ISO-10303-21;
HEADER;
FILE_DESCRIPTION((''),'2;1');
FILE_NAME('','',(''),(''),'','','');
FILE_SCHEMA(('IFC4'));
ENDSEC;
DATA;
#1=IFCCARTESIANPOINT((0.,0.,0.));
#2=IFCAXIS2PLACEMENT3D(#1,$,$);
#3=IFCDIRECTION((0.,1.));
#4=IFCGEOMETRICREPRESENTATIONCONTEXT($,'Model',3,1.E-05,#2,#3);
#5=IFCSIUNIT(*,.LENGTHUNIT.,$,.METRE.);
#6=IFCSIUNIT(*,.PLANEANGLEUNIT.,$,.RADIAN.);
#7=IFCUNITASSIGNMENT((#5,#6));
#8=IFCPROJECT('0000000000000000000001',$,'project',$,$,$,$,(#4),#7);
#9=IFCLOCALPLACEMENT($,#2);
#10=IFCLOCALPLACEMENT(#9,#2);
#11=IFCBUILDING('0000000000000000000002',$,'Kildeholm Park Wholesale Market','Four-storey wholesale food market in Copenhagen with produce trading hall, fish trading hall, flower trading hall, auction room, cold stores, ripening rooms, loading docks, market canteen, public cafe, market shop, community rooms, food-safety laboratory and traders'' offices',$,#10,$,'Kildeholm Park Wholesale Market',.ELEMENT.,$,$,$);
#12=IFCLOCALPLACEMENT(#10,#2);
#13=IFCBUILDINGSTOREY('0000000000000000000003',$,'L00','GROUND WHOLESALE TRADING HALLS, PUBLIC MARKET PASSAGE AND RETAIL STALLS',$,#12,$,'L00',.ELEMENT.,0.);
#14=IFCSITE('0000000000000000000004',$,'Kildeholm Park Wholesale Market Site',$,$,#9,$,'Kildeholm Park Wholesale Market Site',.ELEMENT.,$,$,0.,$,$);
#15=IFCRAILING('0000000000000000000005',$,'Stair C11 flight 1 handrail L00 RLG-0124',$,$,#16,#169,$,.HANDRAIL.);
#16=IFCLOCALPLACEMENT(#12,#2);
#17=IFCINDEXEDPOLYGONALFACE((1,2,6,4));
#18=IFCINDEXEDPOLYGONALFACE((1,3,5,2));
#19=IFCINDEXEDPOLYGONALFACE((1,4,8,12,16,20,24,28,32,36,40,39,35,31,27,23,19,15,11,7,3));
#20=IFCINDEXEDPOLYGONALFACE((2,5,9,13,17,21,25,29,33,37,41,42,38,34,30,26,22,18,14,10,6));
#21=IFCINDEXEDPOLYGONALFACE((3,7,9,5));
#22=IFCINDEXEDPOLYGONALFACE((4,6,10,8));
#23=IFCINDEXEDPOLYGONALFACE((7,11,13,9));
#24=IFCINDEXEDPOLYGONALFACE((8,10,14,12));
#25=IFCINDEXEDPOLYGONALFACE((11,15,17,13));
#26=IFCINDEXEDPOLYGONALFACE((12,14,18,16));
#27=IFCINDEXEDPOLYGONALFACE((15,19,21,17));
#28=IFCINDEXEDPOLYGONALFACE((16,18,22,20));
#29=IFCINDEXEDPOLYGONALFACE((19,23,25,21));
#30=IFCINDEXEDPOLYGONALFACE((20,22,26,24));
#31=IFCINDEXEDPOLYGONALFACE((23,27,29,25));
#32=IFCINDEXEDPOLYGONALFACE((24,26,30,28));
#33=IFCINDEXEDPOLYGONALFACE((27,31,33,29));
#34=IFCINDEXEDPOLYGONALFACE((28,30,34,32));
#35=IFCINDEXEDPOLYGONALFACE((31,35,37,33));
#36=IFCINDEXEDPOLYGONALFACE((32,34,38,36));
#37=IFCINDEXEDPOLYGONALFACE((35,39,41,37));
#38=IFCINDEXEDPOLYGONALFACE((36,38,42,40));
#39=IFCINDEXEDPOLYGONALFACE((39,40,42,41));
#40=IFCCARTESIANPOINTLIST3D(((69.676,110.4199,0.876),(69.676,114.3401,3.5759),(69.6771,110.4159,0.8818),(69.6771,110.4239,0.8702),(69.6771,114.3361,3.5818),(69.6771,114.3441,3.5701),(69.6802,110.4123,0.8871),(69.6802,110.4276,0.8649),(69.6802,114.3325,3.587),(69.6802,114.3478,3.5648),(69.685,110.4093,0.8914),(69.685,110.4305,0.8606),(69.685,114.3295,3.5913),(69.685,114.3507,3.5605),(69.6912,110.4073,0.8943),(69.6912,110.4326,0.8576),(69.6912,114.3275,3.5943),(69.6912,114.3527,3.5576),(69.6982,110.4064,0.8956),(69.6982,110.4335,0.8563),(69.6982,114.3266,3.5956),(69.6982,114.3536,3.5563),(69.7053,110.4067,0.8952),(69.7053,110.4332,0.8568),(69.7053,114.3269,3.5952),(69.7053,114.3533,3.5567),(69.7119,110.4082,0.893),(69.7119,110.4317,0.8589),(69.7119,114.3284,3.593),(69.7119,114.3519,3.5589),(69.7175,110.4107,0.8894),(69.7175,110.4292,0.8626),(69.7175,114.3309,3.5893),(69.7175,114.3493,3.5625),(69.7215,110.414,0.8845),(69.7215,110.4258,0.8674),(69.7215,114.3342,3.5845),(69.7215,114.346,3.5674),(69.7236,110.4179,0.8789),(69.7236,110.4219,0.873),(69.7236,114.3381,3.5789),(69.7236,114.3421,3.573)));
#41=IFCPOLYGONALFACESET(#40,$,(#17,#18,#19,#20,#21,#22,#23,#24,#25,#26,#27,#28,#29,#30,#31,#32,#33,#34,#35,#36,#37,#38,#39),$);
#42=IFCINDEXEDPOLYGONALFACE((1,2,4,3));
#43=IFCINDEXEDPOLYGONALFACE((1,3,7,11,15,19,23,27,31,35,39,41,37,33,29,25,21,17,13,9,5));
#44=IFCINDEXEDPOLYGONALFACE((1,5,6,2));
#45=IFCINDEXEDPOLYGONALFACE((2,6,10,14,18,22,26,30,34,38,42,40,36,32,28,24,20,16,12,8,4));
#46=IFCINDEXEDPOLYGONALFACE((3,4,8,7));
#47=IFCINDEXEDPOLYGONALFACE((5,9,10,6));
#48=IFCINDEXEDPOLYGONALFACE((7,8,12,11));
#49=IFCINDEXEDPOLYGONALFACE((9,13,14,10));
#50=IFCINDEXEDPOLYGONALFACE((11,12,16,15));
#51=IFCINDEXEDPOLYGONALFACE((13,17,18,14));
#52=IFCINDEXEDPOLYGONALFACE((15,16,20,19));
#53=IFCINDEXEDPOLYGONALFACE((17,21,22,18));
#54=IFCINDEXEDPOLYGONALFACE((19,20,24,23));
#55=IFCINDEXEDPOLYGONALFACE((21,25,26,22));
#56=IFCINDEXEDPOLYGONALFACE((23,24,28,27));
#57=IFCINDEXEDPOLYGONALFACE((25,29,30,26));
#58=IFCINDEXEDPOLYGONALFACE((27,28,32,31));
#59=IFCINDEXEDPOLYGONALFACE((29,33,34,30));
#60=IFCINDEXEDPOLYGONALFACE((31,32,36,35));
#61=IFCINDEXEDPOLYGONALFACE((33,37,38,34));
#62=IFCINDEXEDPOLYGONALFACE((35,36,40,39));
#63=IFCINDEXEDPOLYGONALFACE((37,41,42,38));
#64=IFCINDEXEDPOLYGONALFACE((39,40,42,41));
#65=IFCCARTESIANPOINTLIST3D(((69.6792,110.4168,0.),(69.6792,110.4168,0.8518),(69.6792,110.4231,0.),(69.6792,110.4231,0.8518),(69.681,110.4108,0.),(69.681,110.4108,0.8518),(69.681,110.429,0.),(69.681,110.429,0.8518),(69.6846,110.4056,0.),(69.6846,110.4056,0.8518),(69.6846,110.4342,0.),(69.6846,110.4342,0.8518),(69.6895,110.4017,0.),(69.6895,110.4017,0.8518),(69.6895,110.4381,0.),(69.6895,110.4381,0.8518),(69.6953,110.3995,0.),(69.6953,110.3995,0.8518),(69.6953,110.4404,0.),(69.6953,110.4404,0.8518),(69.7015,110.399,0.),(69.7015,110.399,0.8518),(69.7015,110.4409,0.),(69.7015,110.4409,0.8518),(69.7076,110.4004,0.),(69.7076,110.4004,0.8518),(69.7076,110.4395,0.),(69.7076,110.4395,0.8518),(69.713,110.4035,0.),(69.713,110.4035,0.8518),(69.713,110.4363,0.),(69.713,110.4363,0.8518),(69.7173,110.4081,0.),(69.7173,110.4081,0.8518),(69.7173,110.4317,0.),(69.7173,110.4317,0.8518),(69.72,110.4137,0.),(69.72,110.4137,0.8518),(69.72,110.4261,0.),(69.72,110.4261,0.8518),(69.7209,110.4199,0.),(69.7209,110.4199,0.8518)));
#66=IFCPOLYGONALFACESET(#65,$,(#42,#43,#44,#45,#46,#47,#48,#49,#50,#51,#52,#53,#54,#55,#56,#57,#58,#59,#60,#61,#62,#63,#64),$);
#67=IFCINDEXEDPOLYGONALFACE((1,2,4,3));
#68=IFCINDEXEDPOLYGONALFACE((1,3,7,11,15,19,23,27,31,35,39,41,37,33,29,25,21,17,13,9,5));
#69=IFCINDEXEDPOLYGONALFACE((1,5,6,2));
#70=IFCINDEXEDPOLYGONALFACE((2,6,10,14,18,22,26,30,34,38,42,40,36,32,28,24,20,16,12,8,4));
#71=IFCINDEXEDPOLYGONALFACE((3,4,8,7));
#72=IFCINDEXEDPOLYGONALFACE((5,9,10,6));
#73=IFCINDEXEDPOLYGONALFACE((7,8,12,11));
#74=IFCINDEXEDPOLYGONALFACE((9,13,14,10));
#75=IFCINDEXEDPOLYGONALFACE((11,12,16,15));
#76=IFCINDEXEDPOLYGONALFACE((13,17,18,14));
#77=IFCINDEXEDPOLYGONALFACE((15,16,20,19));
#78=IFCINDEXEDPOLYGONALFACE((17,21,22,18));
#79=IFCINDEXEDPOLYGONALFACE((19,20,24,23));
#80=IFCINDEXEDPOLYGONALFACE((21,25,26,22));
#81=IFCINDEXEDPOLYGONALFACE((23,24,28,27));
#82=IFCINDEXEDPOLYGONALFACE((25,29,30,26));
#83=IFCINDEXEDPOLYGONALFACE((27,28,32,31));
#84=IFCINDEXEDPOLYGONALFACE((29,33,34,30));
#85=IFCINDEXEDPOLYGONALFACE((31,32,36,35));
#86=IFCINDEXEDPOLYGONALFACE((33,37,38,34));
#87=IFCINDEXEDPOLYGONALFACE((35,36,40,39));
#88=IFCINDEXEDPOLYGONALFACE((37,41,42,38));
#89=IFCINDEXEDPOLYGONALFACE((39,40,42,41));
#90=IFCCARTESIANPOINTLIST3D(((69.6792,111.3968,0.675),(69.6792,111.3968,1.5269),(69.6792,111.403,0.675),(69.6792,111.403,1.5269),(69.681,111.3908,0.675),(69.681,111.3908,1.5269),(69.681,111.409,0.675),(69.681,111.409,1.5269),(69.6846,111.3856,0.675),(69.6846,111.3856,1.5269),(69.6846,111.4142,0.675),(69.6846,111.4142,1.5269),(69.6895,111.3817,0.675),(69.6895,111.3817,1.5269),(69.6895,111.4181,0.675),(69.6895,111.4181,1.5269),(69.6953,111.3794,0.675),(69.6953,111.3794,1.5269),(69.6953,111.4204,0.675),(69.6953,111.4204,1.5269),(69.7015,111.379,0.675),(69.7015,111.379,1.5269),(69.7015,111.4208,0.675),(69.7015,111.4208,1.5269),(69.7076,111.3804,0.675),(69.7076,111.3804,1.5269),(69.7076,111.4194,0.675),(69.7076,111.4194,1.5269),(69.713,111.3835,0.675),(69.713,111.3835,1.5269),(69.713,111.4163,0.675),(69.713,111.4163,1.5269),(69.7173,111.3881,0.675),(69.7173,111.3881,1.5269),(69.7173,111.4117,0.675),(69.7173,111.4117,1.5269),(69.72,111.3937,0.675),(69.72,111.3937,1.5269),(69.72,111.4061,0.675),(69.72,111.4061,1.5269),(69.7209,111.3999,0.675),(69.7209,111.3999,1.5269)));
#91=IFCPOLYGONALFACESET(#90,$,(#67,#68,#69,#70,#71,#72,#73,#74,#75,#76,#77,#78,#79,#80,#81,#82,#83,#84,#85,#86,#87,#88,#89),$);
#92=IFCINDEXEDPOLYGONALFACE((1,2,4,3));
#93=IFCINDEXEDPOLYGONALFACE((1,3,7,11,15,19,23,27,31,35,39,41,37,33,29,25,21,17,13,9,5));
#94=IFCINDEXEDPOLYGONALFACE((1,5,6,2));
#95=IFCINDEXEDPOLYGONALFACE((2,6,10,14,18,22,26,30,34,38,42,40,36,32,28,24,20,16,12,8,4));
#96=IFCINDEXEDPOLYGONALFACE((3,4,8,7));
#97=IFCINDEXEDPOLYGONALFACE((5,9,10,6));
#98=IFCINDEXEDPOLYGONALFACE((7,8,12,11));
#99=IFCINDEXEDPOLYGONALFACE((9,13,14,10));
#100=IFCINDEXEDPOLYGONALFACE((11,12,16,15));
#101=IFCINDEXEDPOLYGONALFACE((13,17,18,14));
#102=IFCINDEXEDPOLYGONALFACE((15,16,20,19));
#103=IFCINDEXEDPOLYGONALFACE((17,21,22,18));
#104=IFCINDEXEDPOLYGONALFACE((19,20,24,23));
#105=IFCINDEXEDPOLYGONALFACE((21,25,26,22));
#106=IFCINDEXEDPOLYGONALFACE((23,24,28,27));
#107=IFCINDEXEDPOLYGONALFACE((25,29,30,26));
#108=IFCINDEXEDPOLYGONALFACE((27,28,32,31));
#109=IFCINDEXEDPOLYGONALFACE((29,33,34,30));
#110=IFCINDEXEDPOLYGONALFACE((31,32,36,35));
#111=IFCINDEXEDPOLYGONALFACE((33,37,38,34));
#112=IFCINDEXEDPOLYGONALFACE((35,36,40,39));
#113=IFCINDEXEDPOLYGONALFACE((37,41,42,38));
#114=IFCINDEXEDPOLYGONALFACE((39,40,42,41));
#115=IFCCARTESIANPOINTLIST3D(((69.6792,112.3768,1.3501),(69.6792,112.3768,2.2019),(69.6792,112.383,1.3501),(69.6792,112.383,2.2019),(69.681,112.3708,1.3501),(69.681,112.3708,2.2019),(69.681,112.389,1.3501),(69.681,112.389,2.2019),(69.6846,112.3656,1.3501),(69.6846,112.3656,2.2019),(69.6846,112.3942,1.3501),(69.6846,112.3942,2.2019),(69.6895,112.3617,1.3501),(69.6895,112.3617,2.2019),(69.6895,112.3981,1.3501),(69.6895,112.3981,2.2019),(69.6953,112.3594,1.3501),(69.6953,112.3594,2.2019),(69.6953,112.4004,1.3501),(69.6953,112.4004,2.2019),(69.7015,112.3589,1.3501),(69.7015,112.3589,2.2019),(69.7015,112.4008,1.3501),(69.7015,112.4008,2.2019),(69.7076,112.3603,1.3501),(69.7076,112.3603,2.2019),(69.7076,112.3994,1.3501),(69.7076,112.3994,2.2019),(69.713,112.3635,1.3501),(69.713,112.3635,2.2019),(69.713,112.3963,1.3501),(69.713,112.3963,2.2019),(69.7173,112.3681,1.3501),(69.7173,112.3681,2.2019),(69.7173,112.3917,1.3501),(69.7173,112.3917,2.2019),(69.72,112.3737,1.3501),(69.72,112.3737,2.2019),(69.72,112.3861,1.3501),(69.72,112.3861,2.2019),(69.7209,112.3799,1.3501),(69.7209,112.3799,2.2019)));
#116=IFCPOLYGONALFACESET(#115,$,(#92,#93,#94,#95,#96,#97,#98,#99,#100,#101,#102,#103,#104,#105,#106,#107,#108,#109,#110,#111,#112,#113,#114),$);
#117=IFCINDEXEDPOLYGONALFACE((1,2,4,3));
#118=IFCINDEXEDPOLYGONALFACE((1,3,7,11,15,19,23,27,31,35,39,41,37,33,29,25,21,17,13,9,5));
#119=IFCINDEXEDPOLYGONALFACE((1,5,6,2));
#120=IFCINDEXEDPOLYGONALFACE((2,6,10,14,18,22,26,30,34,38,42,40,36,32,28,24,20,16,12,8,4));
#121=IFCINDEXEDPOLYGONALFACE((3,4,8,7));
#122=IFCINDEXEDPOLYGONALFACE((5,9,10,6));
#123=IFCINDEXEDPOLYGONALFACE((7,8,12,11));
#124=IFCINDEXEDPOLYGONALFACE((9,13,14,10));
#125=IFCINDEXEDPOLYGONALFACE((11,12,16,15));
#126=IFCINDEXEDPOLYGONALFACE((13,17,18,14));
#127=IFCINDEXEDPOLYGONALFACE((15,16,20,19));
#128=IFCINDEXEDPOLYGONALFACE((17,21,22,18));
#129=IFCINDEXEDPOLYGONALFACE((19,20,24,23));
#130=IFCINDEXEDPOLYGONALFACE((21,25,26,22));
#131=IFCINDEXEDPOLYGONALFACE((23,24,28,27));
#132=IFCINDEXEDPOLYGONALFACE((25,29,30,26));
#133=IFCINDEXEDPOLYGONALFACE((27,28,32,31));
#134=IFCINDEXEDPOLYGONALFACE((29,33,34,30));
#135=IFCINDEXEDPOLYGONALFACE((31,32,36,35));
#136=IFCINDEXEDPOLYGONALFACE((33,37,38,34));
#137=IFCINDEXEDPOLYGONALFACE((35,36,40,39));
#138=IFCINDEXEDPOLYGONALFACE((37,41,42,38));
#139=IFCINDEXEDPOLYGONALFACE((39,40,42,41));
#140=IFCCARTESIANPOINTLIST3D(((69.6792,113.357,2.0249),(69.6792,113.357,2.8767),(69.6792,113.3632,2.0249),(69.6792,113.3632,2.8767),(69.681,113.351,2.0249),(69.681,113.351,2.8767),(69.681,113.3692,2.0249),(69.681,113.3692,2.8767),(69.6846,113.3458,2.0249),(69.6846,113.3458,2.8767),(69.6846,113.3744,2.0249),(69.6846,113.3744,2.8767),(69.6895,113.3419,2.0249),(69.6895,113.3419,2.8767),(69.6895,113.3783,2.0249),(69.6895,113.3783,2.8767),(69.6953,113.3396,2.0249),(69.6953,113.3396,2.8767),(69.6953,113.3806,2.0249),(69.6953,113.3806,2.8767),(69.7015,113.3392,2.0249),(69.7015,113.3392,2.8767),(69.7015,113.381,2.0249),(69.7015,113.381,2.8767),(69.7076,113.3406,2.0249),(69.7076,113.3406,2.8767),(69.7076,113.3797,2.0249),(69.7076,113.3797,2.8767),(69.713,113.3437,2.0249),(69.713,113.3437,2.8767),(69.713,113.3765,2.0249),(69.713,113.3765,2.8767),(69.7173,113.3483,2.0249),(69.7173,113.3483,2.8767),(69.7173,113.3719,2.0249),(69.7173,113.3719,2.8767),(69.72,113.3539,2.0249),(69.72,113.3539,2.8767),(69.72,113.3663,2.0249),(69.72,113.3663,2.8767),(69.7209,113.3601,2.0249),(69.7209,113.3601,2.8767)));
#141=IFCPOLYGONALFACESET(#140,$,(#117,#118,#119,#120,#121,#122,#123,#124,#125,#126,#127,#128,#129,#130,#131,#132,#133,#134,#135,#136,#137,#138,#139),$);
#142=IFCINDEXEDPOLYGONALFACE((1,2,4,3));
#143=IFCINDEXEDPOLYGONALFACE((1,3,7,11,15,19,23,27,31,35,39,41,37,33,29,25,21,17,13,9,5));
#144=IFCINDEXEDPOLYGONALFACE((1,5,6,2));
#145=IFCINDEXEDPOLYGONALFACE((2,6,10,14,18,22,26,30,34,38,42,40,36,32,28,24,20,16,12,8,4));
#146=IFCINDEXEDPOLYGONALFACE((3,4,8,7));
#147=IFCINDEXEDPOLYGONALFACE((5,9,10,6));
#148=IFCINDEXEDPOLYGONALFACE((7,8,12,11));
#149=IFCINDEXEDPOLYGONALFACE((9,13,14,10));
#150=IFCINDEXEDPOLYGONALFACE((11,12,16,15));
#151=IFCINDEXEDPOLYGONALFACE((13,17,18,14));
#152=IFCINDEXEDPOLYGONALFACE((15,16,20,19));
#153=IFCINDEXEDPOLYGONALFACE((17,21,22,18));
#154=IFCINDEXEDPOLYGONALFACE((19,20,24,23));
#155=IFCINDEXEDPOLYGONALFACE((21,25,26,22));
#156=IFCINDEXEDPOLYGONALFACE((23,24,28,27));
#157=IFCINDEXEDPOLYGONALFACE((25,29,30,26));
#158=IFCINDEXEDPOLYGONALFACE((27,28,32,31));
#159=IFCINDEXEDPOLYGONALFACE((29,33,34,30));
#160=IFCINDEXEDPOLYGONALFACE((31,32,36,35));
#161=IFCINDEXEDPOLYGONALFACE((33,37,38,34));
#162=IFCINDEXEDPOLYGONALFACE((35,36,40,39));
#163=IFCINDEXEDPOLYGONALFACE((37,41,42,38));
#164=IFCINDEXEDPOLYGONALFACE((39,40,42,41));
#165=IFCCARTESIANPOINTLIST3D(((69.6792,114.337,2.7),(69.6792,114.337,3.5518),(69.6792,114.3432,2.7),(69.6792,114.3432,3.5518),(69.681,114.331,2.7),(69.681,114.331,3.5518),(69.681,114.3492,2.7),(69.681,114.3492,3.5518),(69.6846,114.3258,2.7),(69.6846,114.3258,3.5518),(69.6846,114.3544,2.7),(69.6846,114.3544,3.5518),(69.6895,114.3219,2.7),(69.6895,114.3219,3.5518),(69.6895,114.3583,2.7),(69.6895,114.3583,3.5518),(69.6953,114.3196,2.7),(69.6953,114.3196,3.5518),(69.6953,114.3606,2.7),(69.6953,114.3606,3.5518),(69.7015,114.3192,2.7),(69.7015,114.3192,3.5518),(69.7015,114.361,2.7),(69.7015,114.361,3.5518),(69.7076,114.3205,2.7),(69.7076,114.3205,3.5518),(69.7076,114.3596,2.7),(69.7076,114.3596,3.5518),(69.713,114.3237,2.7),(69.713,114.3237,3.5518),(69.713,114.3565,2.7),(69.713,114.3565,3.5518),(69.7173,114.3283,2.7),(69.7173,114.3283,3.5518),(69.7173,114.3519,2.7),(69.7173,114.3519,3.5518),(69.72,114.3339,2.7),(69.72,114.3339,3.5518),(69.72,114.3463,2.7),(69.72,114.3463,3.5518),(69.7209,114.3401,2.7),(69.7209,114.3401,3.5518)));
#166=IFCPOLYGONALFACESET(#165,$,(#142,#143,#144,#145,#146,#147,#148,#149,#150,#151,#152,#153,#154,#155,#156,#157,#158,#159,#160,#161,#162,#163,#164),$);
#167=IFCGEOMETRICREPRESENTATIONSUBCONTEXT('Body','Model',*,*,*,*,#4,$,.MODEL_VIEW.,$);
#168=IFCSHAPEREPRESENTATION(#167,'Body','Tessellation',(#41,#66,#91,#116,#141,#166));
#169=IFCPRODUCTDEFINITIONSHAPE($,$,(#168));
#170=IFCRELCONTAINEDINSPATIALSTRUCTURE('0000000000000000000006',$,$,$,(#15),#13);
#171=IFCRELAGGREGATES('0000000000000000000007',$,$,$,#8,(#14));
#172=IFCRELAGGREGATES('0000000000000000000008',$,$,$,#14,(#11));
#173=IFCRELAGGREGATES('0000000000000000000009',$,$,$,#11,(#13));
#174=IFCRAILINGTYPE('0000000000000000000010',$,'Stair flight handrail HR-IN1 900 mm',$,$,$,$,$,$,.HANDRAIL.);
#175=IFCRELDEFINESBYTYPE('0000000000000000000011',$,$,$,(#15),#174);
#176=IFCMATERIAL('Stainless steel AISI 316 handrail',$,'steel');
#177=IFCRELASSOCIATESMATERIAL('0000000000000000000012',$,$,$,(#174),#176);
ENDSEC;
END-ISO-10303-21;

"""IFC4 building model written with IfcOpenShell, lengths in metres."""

from ifc_helpers import new_model, si_unit, direction, frame, origin, origin_2d, place, context, subcontext, project, spatial, circle, extrude, material, type_object, element, save


model = new_model("IFC4")

# Units and contexts
model_context = context("Model", 3, precision=1e-05, world=origin(), true_north=direction((0.0, 1.0)))
body_context = subcontext(model_context, "Body", "Model", "MODEL_VIEW")
ifc_project = project(units=[si_unit("LENGTHUNIT", "METRE"), si_unit("PLANEANGLEUNIT", "RADIAN")], contexts=[model_context])

# Site, building, storey
site_placement = place(None, origin())
site = spatial("IfcSite", under=ifc_project, at=site_placement, Name="Kildeholm Park Wholesale Market Site", LongName="Kildeholm Park Wholesale Market Site", CompositionType="ELEMENT", RefElevation=0.0)
building_placement = place(site_placement, origin())
building = spatial("IfcBuilding", under=site, at=building_placement, Name="Kildeholm Park Wholesale Market", Description="Four-storey wholesale food market in Copenhagen with produce trading hall, fish trading hall, flower trading hall, auction room, cold stores, ripening rooms, loading docks, market canteen, public cafe, market shop, community rooms, food-safety laboratory and traders' offices", LongName="Kildeholm Park Wholesale Market", CompositionType="ELEMENT")
storey_placement = place(building_placement, origin())
storey = spatial("IfcBuildingStorey", under=building, at=storey_placement, Name="L00", Description="GROUND WHOLESALE TRADING HALLS, PUBLIC MARKET PASSAGE AND RETAIL STALLS", LongName="L00", CompositionType="ELEMENT", Elevation=0.0)

# Railing
ifc_material_1 = material(Name="Stainless steel AISI 316 handrail", Category="steel")
railing_type_1 = type_object("IfcRailingType", Name="Stair flight handrail HR-IN1 900 mm", PredefinedType="HANDRAIL", material=ifc_material_1)
railing_1_placement = place(storey_placement, frame((69.7, 110.4199, 0.0)))
element("IfcRailing", 1, at=railing_1_placement, inside=storey, type_object=railing_type_1, Name="Stair C11 flight 1 handrail L00 RLG-0124", PredefinedType="HANDRAIL", context=body_context, shape_type="SweptSolid", body=[
    extrude(circle(Radius=0.0239, at=origin_2d()), frame((0.0, 0.0, 0.876), z_axis=(0.0, 0.823567, 0.567219), x_axis=(-1.0, 0.0, 0.0)), (0.0, 0.0, 1.0), 4.76),
    extrude(circle(Radius=0.021, at=origin_2d()), origin(), (0.0, 0.0, 1.0), 0.8518),
    extrude(circle(Radius=0.021, at=origin_2d()), frame((0.0, 0.98, 0.675)), (0.0, 0.0, 1.0), 0.8518),
    extrude(circle(Radius=0.021, at=origin_2d()), frame((0.0, 1.96, 1.3501)), (0.0, 0.0, 1.0), 0.8518),
    extrude(circle(Radius=0.021, at=origin_2d()), frame((0.0, 2.9402, 2.0249)), (0.0, 0.0, 1.0), 0.8518),
    extrude(circle(Radius=0.021, at=origin_2d()), frame((0.0, 3.9202, 2.7)), (0.0, 0.0, 1.0), 0.8518),
])

save(model, "model.ifc")
